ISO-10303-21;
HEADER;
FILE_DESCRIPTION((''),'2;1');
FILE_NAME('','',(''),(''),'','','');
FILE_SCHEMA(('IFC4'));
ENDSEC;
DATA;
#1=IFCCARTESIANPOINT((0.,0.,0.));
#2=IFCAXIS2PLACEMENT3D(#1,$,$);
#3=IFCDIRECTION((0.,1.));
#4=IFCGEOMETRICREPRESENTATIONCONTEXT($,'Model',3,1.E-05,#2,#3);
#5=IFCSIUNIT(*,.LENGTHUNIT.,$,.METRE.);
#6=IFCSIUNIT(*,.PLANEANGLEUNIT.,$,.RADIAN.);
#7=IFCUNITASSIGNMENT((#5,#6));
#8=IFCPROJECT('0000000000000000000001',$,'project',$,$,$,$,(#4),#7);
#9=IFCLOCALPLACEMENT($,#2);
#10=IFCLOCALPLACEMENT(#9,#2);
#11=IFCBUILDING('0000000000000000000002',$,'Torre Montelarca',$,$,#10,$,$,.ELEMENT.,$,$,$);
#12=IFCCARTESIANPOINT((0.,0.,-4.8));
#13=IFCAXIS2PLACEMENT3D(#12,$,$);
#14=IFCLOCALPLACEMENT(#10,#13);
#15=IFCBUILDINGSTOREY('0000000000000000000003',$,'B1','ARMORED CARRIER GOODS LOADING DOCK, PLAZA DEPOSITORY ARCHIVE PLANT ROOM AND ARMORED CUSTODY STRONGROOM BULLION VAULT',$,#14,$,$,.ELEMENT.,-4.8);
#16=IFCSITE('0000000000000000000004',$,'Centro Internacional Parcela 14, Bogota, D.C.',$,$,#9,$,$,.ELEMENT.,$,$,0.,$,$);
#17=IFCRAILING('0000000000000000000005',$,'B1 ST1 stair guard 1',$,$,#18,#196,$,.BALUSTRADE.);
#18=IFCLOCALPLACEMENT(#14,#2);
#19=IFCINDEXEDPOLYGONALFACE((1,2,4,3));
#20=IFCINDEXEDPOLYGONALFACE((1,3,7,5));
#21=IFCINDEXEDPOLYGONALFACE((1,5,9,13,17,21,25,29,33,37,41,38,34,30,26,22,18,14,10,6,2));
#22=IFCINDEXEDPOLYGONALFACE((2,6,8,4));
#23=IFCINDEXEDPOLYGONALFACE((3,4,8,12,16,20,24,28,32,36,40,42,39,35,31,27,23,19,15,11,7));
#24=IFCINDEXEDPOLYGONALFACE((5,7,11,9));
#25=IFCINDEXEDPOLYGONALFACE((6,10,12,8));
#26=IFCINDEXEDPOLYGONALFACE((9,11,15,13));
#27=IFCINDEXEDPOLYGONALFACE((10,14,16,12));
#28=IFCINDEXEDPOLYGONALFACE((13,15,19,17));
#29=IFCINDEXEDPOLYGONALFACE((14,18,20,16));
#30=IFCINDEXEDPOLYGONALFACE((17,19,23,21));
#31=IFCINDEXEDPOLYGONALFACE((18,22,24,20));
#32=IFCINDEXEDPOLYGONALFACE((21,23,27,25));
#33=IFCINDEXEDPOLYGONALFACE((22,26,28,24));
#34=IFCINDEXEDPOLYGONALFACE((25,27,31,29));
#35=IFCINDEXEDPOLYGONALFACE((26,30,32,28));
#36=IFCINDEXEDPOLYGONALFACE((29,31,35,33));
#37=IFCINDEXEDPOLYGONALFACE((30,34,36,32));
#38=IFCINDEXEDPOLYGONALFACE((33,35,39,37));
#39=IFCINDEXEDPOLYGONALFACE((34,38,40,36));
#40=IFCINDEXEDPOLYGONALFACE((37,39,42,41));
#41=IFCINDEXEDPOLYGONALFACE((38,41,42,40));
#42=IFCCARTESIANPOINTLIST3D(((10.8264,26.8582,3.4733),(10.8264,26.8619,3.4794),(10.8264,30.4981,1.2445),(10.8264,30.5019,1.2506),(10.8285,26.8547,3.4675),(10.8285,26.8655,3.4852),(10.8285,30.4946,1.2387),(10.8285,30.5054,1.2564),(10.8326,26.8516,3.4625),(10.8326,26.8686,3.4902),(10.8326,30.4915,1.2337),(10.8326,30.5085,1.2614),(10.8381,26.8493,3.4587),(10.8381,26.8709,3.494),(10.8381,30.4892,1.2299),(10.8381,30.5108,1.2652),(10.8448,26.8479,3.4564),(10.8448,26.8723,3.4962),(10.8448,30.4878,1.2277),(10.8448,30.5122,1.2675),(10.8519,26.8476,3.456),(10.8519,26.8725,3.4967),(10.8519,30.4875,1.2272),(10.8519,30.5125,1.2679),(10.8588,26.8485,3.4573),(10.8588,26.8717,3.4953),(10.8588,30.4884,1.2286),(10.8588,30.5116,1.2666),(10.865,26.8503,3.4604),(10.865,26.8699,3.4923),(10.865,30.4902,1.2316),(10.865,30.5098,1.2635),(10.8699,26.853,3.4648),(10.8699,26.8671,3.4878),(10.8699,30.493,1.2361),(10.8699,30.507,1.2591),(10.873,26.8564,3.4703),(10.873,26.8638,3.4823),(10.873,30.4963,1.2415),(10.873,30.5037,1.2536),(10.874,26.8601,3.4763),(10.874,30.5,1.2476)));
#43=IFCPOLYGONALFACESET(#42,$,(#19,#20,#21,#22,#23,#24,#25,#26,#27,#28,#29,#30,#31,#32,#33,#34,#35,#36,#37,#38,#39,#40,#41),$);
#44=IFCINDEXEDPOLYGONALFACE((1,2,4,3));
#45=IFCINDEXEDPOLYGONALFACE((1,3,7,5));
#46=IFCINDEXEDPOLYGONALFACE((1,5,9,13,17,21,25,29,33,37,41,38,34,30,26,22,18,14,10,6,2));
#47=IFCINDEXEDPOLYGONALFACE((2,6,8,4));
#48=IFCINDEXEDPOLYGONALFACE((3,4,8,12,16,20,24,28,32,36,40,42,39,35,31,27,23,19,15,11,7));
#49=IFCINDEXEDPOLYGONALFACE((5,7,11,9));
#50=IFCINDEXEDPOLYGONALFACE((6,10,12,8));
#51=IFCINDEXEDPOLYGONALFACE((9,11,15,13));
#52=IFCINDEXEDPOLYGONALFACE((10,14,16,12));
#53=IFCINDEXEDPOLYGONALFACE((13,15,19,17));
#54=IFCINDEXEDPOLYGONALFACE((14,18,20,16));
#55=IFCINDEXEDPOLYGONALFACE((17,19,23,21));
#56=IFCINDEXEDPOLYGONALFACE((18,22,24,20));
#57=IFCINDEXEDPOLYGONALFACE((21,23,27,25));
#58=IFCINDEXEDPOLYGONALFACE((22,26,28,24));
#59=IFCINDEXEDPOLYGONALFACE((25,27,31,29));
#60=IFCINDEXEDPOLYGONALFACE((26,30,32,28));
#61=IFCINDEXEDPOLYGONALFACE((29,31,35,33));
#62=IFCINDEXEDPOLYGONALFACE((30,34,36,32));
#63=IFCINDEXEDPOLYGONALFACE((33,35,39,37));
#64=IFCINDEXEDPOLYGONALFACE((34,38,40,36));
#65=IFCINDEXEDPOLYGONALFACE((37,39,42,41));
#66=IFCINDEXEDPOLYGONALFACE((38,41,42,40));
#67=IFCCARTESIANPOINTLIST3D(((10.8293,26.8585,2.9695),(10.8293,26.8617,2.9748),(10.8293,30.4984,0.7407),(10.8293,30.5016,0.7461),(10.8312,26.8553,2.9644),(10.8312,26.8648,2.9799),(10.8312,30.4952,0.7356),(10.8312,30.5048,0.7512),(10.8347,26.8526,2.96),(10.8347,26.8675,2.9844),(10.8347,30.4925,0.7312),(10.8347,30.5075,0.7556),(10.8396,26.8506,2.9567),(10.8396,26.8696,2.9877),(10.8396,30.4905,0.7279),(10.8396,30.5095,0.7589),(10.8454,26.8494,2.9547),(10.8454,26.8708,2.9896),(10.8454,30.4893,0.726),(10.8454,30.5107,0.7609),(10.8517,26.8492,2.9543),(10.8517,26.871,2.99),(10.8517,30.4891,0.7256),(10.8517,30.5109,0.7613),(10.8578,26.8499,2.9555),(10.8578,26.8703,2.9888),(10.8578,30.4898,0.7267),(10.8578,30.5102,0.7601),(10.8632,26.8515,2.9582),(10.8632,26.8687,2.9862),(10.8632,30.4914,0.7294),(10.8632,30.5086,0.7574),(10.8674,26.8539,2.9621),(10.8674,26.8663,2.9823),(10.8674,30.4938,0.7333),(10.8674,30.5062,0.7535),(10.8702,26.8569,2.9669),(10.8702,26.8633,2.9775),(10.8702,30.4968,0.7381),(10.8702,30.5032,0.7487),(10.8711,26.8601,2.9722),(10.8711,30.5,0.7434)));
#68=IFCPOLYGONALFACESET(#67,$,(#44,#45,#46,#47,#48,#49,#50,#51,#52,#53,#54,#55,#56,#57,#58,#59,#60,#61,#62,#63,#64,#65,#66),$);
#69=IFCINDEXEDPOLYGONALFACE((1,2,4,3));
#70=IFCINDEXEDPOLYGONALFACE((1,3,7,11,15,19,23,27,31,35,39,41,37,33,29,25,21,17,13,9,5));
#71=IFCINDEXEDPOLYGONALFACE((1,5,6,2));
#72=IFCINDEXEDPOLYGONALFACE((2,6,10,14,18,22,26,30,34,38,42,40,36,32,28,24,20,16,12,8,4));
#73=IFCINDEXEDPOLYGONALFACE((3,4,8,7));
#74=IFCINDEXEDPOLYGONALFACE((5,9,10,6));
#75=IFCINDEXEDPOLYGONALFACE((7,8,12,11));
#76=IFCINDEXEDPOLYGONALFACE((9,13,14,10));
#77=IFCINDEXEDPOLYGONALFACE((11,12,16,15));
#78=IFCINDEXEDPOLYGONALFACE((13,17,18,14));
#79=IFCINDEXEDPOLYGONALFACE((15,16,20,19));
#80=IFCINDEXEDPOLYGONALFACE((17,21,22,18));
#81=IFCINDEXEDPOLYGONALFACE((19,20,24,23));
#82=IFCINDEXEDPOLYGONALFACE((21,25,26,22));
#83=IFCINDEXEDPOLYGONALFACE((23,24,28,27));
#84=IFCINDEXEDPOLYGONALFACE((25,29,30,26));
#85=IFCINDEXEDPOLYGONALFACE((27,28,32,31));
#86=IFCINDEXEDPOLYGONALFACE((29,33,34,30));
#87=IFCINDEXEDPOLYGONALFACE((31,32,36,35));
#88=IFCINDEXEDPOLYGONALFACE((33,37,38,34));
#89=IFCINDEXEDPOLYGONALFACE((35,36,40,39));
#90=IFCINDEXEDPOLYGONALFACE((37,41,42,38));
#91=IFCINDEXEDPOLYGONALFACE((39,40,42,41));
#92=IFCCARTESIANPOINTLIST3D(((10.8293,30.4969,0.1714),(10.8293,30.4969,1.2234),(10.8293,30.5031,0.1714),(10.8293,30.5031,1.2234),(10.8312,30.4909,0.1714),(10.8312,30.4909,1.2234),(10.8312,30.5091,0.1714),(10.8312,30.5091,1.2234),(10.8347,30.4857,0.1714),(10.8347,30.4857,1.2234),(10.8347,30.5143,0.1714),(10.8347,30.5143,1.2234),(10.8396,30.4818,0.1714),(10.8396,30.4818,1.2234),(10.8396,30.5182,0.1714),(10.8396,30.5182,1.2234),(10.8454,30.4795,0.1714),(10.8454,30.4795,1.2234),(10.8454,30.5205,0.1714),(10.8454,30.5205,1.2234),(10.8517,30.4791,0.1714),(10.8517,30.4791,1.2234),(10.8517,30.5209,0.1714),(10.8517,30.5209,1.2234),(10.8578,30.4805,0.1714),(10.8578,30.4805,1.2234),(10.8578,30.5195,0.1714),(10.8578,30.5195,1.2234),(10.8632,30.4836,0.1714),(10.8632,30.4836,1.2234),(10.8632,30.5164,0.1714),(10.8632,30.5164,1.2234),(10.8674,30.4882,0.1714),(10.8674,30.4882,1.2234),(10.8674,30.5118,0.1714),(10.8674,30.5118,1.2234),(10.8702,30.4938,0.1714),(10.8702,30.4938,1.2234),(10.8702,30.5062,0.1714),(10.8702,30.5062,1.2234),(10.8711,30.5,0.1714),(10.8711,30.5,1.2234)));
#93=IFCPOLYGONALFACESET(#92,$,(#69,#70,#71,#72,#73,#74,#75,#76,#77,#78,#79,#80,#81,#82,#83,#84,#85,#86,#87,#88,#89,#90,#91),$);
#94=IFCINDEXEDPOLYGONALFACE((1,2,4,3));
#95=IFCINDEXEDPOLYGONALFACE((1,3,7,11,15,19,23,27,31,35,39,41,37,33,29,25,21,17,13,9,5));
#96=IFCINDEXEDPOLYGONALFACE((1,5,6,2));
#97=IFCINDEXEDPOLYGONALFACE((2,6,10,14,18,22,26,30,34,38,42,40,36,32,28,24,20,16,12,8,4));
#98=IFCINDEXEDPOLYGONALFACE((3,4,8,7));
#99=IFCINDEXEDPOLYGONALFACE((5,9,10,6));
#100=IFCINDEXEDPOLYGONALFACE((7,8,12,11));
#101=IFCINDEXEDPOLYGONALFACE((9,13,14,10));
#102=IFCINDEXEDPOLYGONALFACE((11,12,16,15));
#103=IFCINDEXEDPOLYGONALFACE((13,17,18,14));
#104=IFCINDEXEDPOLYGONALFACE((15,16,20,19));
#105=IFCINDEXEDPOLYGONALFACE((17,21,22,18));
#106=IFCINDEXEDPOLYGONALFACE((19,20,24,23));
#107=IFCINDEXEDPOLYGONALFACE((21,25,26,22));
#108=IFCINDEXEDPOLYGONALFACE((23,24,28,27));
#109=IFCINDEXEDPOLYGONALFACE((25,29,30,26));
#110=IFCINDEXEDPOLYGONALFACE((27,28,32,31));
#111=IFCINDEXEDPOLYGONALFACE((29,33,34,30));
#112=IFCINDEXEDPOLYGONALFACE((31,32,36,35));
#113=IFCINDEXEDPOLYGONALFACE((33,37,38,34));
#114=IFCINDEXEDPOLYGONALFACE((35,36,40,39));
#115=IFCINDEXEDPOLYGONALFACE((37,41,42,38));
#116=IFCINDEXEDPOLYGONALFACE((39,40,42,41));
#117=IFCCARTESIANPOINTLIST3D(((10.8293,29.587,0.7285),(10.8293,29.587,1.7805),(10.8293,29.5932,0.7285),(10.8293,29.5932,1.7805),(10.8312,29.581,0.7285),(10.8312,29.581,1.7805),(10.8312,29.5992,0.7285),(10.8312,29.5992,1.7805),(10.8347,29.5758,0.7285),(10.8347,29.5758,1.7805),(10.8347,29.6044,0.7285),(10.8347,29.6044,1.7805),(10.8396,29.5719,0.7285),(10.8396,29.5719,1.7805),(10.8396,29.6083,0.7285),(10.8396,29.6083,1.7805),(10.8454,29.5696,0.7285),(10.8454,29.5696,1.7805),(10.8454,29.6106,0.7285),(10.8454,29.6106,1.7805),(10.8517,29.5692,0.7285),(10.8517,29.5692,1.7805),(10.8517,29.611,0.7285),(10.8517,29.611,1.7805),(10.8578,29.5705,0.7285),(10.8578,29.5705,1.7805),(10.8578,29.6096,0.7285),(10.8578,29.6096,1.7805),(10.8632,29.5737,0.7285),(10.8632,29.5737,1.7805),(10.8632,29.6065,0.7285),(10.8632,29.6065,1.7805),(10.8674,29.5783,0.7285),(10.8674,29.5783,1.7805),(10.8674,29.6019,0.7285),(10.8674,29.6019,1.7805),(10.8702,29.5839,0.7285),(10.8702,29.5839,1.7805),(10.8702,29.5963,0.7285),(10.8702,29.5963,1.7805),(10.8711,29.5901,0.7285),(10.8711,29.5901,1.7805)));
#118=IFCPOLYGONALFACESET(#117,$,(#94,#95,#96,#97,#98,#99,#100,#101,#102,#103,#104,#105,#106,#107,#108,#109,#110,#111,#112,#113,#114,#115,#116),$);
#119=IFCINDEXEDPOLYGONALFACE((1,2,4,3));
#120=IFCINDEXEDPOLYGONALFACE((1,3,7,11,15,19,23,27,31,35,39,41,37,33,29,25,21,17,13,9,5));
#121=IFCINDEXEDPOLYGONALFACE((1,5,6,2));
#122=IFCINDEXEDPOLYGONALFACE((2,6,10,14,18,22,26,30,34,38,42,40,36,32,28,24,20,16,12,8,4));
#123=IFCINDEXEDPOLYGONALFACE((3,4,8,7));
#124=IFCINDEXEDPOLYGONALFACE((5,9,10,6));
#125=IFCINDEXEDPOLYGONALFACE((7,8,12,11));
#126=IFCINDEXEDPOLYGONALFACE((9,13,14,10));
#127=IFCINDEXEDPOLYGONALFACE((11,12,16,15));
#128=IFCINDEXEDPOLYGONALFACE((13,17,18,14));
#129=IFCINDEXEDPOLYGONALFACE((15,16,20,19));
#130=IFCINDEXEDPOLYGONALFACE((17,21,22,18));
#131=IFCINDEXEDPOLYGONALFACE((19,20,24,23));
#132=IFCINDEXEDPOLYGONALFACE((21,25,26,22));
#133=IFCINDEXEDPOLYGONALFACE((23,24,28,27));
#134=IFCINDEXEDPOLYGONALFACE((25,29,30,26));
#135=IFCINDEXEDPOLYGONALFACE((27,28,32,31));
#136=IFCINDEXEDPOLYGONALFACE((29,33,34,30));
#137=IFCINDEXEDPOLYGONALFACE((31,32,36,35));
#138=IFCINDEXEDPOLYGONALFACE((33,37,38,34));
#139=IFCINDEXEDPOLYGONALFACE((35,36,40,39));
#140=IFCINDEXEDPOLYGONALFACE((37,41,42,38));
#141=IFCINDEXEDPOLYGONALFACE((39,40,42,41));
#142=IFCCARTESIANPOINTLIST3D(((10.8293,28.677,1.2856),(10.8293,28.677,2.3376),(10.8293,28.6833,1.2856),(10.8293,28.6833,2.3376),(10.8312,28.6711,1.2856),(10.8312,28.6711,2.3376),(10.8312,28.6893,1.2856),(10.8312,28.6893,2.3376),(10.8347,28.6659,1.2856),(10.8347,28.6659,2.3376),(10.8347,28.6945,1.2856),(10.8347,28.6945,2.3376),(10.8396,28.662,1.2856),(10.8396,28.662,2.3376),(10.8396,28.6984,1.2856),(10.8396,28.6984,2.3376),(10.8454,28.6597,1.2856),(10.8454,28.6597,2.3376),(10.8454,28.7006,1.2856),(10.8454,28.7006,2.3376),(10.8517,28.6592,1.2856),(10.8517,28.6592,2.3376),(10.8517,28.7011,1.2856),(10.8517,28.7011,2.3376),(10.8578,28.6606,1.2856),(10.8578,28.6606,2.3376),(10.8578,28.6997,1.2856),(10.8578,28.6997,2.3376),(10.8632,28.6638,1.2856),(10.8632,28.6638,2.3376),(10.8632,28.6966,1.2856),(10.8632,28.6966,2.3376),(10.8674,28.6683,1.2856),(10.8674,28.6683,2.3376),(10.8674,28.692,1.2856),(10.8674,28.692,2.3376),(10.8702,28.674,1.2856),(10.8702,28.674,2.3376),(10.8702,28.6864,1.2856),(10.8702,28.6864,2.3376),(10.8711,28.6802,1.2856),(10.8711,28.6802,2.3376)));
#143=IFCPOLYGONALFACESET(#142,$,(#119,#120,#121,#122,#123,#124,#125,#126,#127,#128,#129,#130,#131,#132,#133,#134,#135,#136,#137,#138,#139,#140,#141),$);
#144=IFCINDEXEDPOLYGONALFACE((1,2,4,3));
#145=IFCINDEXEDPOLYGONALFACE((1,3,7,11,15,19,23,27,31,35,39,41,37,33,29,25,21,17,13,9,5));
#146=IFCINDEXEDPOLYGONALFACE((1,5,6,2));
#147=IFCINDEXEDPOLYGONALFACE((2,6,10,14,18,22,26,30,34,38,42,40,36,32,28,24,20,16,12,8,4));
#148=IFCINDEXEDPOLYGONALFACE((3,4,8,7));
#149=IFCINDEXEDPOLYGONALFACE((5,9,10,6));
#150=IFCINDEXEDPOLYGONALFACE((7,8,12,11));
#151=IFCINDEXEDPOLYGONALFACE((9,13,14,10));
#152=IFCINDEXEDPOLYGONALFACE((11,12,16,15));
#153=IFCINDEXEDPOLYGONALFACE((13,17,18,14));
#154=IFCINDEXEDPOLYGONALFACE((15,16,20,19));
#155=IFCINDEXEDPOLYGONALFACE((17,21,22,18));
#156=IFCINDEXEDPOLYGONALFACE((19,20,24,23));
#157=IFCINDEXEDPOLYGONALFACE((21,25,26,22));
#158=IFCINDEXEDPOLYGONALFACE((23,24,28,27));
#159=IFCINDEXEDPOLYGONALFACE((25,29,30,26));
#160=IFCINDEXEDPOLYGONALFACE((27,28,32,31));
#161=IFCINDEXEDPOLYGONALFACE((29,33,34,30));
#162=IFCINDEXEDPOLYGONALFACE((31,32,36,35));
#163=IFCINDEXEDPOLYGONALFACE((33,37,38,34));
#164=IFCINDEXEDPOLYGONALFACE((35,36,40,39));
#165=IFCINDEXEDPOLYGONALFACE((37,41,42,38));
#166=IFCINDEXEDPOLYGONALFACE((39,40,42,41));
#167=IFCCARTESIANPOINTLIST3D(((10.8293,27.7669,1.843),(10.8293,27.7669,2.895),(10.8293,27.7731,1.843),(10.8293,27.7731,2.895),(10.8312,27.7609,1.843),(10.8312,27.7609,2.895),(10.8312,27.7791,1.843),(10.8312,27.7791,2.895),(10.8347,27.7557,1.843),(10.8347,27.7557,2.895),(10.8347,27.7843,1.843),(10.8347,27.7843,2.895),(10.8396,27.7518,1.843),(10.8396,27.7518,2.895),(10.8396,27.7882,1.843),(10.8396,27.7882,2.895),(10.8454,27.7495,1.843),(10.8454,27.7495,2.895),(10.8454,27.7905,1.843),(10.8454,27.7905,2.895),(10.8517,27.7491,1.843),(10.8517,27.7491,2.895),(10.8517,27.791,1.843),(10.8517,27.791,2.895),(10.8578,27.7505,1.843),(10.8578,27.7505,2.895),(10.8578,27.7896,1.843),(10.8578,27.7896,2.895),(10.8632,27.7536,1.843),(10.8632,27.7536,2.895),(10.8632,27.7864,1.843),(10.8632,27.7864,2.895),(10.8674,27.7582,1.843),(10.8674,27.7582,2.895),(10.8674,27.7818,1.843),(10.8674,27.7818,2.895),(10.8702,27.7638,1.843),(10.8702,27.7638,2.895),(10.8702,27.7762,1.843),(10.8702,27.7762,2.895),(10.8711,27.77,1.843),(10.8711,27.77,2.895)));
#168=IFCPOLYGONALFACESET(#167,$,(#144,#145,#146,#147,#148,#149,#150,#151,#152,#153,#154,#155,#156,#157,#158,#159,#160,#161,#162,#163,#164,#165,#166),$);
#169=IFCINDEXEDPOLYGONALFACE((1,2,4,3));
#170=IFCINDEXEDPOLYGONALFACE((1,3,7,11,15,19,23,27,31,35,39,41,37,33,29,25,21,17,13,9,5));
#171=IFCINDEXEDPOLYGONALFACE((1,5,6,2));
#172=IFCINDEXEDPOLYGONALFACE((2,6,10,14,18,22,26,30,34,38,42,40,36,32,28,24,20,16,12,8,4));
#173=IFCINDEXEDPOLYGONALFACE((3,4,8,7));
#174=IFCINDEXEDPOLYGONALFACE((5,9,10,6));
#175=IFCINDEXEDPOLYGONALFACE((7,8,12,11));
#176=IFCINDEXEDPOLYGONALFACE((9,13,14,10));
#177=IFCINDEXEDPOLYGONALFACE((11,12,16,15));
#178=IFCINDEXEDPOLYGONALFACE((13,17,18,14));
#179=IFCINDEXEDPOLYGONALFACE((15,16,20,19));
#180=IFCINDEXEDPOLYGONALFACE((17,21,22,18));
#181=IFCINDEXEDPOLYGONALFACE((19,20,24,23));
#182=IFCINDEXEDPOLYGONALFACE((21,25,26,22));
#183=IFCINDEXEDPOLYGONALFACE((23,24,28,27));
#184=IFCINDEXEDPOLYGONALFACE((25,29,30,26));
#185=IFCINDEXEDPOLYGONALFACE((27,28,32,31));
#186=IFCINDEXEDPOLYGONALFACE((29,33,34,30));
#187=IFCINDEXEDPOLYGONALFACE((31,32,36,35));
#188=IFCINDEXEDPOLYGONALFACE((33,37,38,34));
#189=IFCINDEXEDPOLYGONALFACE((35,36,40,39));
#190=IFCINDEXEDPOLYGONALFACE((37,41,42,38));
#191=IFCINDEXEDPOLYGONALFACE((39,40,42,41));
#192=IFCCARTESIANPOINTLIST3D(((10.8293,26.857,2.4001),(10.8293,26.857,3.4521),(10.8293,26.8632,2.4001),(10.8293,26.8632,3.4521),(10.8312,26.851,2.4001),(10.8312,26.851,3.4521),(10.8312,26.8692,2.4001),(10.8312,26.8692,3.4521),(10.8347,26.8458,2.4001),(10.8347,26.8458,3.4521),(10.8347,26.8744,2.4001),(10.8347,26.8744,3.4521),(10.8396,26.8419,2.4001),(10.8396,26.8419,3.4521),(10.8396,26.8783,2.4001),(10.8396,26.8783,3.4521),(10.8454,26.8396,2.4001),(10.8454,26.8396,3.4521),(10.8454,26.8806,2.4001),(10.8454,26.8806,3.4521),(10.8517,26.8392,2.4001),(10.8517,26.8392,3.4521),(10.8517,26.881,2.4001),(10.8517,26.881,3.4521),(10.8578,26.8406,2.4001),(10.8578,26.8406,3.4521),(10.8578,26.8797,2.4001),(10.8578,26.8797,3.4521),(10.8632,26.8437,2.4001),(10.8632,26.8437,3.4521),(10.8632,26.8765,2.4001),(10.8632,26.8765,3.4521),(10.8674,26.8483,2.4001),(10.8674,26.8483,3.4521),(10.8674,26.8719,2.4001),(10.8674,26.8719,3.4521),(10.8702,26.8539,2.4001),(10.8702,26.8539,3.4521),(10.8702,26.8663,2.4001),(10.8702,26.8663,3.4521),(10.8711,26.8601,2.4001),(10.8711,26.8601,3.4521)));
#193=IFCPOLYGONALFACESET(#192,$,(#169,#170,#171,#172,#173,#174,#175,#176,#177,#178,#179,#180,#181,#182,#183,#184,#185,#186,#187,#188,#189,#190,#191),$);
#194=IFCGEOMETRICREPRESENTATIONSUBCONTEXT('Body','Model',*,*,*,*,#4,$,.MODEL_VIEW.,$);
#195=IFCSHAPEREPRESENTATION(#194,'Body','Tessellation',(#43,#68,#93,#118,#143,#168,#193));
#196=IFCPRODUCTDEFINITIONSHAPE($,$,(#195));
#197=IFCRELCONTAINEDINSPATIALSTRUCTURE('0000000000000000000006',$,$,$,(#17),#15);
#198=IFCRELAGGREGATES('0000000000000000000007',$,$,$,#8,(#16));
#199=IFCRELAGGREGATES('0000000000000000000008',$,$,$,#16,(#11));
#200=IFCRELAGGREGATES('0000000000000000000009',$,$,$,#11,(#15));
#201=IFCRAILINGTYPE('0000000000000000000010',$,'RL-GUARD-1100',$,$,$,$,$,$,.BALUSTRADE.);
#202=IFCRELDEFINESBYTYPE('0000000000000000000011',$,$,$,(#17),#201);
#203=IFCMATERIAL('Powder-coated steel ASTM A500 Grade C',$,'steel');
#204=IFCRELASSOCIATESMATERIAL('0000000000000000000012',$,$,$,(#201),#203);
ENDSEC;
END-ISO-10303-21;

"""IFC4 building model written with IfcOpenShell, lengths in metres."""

from ifc_helpers import new_model, si_unit, direction, frame, origin, origin_2d, place, context, subcontext, project, spatial, circle, extrude, material, type_object, element, save


model = new_model("IFC4")

# Units and contexts
model_context = context("Model", 3, precision=1e-05, world=origin(), true_north=direction((0.0, 1.0)))
body_context = subcontext(model_context, "Body", "Model", "MODEL_VIEW")
ifc_project = project(units=[si_unit("LENGTHUNIT", "METRE"), si_unit("PLANEANGLEUNIT", "RADIAN")], contexts=[model_context])

# Site, building, storey
site_placement = place(None, origin())
site = spatial("IfcSite", under=ifc_project, at=site_placement, Name="Centro Internacional Parcela 14, Bogota, D.C.", CompositionType="ELEMENT", RefElevation=0.0)
building_placement = place(site_placement, origin())
building = spatial("IfcBuilding", under=site, at=building_placement, Name="Torre Montelarca", CompositionType="ELEMENT")
storey_placement = place(building_placement, frame((0.0, 0.0, -4.8)))
storey = spatial("IfcBuildingStorey", under=building, at=storey_placement, Name="B1", Description="ARMORED CARRIER GOODS LOADING DOCK, PLAZA DEPOSITORY ARCHIVE PLANT ROOM AND ARMORED CUSTODY STRONGROOM BULLION VAULT", CompositionType="ELEMENT", Elevation=-4.8)

# Railing
ifc_material_1 = material(Name="Powder-coated steel ASTM A500 Grade C", Category="steel")
railing_type_1 = type_object("IfcRailingType", Name="RL-GUARD-1100", PredefinedType="BALUSTRADE", material=ifc_material_1)
railing_1_placement = place(storey_placement, frame((10.8501, 30.5, 0.1714)))
element("IfcRailing", 1, at=railing_1_placement, inside=storey, type_object=railing_type_1, Name="B1 ST1 stair guard 1", PredefinedType="BALUSTRADE", context=body_context, shape_type="SweptSolid", body=[
    extrude(circle(Radius=0.0239, at=origin_2d()), frame((0.0, 0.0, 1.0762), z_axis=(0.0, -0.852825, 0.522197), x_axis=(1.0, 0.0, 0.0)), (0.0, 0.0, 1.0), 4.2681),
    extrude(circle(Radius=0.021, at=origin_2d()), frame((0.0, 0.0, 0.572), z_axis=(0.0, -0.852825, 0.522197), x_axis=(1.0, 0.0, 0.0)), (0.0, 0.0, 1.0), 4.2681),
    extrude(circle(Radius=0.021, at=origin_2d()), origin(), (0.0, 0.0, 1.0), 1.052),
    extrude(circle(Radius=0.021, at=origin_2d()), frame((0.0, -0.9099, 0.5571)), (0.0, 0.0, 1.0), 1.052),
    extrude(circle(Radius=0.021, at=origin_2d()), frame((0.0, -1.8198, 1.1143)), (0.0, 0.0, 1.0), 1.052),
    extrude(circle(Radius=0.021, at=origin_2d()), frame((0.0, -2.73, 1.6716)), (0.0, 0.0, 1.0), 1.052),
    extrude(circle(Radius=0.021, at=origin_2d()), frame((0.0, -3.6399, 2.2288)), (0.0, 0.0, 1.0), 1.052),
])

save(model, "model.ifc")
